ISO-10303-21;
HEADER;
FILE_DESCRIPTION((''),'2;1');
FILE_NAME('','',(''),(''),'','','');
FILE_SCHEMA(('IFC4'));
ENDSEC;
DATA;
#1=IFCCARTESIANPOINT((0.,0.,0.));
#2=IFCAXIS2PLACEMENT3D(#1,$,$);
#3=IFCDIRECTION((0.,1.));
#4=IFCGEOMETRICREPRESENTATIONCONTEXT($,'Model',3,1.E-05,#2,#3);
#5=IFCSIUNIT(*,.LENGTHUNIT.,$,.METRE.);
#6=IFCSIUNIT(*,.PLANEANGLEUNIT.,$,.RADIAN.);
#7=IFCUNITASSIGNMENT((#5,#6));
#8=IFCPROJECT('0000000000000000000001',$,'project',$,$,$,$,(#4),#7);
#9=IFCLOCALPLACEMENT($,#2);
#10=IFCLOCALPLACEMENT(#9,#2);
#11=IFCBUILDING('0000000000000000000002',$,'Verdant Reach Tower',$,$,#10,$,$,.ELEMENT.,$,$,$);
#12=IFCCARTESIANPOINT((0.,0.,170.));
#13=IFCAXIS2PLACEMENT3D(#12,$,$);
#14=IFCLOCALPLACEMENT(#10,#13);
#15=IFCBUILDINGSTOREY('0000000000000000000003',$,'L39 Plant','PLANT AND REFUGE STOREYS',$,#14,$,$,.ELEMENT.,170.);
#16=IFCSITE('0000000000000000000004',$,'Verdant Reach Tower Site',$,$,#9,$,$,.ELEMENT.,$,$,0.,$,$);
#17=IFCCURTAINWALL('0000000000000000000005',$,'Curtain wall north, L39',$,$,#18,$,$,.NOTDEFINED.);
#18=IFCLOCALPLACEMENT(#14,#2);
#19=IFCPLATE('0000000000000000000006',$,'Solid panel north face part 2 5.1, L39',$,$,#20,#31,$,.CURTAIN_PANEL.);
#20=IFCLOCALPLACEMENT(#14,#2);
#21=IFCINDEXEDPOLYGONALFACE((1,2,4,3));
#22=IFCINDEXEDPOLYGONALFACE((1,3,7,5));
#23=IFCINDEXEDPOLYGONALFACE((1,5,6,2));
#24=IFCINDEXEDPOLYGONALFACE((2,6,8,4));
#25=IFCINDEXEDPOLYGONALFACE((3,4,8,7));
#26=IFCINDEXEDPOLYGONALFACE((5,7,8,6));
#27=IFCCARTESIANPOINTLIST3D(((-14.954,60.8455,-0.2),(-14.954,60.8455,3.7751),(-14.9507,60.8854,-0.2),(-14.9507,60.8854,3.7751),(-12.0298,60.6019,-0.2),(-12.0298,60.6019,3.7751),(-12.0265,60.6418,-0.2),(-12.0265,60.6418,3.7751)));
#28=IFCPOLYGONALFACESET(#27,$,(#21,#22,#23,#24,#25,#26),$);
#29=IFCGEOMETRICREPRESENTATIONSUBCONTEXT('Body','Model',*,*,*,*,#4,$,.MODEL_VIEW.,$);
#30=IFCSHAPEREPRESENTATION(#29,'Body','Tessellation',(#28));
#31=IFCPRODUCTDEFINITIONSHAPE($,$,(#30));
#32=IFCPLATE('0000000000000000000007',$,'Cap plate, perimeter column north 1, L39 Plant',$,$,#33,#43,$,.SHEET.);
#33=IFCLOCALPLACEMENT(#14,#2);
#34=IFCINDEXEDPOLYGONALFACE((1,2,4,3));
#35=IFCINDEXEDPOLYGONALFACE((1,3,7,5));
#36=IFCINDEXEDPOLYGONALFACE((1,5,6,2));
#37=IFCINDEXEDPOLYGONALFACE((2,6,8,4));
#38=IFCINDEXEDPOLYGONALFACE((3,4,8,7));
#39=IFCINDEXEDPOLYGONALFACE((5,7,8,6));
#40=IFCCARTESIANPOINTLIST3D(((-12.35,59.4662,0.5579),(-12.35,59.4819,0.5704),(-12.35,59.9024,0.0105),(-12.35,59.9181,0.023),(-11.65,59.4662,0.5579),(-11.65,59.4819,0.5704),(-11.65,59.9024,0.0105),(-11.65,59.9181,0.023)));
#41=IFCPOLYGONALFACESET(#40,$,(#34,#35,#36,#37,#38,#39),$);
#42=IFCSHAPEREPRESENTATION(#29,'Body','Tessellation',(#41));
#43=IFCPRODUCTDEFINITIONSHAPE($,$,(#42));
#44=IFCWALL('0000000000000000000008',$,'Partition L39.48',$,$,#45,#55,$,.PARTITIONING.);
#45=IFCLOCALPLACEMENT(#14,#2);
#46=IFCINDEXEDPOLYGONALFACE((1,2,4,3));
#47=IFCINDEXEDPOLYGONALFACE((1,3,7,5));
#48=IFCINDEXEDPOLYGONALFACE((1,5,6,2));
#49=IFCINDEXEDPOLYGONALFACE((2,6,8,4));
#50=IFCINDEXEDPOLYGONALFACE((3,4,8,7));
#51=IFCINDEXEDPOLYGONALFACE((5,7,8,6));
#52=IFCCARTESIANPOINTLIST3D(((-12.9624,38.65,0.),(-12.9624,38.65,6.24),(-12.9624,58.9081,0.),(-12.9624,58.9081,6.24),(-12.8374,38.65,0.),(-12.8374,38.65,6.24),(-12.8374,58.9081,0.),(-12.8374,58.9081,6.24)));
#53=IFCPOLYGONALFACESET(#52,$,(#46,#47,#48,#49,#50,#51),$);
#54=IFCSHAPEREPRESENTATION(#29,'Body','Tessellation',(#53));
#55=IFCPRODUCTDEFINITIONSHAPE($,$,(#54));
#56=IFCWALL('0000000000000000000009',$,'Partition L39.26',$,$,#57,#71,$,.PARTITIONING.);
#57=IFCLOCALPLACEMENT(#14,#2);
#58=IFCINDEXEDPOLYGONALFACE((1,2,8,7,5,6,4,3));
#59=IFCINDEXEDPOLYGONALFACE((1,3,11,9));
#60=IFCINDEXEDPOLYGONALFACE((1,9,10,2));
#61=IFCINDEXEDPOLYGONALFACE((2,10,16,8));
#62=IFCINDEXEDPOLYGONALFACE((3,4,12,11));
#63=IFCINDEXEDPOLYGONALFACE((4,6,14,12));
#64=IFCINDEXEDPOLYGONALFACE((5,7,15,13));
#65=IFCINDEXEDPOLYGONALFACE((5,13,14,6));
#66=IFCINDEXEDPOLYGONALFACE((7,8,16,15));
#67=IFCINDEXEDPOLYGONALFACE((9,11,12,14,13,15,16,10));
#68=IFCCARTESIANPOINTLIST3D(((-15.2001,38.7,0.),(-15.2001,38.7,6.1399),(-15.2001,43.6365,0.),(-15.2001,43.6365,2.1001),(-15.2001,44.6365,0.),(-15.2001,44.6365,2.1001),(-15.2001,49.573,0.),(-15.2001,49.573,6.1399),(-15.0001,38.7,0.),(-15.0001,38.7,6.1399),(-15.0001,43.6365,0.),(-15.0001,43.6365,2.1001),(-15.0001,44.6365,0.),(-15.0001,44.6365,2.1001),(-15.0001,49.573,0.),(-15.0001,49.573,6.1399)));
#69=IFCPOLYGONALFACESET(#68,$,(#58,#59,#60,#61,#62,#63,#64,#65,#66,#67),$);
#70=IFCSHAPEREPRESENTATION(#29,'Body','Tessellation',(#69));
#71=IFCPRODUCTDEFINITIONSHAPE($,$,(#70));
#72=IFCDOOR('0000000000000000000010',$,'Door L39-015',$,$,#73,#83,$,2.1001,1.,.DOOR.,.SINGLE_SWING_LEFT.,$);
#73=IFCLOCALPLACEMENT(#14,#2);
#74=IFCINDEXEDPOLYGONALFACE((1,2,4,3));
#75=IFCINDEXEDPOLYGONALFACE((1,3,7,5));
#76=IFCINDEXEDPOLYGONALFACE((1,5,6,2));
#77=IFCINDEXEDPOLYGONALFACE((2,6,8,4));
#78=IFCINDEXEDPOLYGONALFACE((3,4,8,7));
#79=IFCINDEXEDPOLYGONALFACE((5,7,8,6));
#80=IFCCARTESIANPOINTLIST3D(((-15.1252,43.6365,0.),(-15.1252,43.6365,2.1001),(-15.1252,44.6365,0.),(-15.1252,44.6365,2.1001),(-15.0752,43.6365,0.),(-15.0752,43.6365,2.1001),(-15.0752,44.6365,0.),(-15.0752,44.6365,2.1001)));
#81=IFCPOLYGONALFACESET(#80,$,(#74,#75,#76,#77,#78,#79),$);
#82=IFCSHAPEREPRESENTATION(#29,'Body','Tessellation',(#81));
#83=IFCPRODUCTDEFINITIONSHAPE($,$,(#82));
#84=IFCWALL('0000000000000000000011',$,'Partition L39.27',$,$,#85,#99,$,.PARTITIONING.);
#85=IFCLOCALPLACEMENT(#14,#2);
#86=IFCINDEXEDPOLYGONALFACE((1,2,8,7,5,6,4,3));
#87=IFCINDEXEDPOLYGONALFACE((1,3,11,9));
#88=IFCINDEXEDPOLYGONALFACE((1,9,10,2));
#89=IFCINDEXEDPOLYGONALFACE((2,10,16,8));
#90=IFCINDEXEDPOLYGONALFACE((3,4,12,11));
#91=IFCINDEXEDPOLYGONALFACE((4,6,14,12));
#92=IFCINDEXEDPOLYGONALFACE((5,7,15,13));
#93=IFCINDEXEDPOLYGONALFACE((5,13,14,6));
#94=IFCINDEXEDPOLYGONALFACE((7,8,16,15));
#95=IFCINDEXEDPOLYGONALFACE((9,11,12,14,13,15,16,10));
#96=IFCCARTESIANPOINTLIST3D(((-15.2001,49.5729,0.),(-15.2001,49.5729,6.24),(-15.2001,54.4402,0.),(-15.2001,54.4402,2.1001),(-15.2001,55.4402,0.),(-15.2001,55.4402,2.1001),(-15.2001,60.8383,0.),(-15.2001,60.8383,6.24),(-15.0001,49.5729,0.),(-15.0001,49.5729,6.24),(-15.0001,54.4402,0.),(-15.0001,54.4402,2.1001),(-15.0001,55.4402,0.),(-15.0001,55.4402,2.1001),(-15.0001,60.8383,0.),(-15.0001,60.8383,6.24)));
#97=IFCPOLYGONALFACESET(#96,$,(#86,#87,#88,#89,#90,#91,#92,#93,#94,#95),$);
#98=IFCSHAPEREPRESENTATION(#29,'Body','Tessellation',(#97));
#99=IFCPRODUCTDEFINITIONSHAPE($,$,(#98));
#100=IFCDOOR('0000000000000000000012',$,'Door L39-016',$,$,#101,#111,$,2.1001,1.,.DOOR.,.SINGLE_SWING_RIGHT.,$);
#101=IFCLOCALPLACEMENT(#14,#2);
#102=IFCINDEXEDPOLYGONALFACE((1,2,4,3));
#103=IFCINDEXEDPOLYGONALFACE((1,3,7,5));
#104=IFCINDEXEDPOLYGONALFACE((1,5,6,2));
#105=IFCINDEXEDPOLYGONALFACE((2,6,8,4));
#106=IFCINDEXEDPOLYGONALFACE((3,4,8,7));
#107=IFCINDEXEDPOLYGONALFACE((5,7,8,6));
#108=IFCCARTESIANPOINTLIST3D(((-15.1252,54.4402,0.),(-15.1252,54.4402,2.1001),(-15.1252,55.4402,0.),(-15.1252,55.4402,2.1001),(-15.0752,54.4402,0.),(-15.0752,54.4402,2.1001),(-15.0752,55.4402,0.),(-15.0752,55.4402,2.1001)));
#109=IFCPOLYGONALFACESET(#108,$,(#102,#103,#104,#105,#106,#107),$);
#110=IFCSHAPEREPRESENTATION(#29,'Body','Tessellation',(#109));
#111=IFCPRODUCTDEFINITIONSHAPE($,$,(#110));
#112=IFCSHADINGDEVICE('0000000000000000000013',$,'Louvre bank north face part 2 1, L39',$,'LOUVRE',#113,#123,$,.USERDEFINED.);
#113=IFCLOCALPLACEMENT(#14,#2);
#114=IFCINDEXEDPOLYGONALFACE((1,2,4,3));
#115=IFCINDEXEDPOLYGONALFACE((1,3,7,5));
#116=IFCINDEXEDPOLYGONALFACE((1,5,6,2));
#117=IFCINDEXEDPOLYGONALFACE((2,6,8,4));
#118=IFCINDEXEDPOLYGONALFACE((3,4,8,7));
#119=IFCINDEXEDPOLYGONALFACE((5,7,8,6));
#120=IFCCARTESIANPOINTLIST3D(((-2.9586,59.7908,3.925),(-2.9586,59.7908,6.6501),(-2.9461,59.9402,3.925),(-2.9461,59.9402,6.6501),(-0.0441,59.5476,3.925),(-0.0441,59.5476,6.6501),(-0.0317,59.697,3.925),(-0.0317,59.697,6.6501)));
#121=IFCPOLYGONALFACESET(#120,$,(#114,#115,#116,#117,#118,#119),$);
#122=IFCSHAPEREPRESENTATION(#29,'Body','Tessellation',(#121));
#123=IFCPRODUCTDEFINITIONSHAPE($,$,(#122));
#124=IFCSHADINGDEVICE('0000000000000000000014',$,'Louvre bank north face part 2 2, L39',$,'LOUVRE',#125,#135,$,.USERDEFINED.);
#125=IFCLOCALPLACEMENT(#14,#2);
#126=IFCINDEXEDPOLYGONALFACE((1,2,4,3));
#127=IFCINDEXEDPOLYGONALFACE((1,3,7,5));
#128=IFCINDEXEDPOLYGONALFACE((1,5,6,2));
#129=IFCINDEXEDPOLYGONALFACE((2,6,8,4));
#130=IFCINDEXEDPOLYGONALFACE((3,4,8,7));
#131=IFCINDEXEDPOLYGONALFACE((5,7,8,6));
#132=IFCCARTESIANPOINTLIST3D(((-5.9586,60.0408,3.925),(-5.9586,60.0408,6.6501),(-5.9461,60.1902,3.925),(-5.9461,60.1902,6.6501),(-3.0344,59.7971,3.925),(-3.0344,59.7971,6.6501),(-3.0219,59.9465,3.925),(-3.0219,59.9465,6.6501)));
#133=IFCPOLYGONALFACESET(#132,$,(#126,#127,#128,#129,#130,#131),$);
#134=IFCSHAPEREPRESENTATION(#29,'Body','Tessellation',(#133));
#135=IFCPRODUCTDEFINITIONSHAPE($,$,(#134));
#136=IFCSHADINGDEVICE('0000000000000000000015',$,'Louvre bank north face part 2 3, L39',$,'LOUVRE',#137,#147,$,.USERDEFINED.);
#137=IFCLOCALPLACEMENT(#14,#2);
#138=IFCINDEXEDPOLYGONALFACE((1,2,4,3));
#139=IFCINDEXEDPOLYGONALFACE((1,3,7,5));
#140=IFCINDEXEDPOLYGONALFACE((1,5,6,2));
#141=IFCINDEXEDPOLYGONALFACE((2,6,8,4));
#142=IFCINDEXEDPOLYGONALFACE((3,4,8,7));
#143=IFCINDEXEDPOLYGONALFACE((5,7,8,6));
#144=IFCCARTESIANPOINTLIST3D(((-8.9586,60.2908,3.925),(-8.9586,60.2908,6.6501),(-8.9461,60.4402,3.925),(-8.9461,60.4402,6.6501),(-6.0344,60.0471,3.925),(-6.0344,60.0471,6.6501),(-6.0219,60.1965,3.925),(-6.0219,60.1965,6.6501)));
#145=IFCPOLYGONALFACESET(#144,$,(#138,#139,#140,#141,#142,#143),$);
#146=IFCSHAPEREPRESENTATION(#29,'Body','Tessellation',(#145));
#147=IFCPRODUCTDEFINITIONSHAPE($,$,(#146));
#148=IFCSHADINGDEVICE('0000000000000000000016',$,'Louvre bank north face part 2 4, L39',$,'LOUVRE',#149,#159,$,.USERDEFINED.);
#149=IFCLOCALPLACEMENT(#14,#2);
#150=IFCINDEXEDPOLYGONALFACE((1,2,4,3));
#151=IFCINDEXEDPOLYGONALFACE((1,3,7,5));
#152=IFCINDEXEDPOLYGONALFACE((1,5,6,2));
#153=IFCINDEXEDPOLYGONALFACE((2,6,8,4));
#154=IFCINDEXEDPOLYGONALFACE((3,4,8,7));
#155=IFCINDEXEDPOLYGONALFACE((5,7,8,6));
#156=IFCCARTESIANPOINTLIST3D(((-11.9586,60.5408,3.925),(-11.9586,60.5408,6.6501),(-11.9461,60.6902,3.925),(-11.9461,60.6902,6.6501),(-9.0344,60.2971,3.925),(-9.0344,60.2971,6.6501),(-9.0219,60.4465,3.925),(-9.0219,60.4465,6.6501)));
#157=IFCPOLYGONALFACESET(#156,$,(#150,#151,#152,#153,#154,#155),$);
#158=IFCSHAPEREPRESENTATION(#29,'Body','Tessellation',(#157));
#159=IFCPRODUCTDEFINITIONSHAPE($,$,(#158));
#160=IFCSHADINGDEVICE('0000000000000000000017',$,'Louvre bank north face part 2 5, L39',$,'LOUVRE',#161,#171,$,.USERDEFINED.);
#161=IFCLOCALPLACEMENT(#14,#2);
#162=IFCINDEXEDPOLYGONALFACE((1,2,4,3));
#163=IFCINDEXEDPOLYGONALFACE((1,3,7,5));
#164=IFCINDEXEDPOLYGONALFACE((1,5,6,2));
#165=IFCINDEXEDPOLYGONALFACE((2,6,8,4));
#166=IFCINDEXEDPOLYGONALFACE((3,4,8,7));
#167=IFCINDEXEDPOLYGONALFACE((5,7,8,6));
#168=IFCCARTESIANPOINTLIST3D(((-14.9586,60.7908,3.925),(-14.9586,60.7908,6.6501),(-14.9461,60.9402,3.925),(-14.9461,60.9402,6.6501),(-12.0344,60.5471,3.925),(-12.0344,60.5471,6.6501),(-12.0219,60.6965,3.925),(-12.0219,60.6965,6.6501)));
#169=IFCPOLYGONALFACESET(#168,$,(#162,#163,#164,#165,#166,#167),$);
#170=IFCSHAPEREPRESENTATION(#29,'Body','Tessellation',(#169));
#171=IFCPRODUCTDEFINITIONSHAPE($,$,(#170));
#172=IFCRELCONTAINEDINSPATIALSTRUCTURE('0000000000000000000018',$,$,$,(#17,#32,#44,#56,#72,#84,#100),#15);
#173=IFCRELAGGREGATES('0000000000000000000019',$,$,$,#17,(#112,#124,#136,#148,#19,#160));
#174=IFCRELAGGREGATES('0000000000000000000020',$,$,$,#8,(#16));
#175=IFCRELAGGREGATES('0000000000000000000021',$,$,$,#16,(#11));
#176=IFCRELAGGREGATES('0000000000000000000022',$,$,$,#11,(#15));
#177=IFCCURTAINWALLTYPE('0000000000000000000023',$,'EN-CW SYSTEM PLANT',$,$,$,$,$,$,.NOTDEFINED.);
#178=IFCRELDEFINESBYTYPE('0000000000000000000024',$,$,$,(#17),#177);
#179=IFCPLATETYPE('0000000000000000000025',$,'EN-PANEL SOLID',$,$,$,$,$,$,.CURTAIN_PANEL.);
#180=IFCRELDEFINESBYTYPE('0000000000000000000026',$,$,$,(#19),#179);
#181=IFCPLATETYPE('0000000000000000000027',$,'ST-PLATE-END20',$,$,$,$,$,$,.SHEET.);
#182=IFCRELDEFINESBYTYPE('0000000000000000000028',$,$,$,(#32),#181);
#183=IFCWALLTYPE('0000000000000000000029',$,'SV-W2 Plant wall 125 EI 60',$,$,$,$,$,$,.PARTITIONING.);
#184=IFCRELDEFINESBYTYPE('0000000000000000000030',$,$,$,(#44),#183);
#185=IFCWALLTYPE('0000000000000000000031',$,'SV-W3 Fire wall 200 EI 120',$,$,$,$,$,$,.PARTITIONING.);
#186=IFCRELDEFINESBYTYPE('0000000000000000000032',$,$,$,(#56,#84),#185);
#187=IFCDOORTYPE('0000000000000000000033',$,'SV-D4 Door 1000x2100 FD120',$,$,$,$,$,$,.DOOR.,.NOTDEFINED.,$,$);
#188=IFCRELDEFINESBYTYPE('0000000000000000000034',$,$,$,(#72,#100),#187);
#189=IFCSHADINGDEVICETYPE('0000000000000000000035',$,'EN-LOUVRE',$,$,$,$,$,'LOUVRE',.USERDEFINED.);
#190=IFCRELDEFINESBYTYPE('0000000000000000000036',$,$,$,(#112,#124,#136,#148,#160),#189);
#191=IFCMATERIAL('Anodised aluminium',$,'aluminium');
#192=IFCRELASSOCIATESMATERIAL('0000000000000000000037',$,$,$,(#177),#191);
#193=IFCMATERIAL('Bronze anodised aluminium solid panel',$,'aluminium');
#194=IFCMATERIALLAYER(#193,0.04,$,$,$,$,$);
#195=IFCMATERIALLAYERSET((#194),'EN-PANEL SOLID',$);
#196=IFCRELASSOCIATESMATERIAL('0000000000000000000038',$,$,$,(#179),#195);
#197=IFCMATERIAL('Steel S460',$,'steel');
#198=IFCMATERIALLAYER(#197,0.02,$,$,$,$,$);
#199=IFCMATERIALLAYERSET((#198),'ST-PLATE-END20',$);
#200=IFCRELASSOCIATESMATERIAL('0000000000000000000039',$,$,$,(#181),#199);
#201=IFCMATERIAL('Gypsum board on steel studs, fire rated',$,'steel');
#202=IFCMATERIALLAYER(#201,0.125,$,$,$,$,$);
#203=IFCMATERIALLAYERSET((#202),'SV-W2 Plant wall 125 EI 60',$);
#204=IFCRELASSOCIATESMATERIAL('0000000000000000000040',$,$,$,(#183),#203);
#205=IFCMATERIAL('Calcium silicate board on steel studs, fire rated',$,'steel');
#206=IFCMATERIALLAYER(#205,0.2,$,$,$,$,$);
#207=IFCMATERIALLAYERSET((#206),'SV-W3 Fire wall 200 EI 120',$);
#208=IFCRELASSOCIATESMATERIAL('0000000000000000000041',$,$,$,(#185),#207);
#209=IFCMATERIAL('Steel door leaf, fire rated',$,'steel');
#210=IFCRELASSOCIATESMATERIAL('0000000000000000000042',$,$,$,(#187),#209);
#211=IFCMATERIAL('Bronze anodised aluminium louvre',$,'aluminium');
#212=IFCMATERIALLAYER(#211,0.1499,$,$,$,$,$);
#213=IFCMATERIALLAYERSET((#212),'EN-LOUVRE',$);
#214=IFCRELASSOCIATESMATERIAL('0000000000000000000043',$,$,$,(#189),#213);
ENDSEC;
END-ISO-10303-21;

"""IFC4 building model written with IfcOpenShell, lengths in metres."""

from ifc_helpers import new_model, si_unit, direction, frame, frame_2d, origin, origin_2d, place, context, subcontext, project, spatial, rectangle, extrude, material, layer, layer_set, type_object, element, fill, aggregate, save


model = new_model("IFC4")

# Units and contexts
model_context = context("Model", 3, precision=1e-05, world=origin(), true_north=direction((0.0, 1.0)))
body_context = subcontext(model_context, "Body", "Model", "MODEL_VIEW")
ifc_project = project(units=[si_unit("LENGTHUNIT", "METRE"), si_unit("PLANEANGLEUNIT", "RADIAN")], contexts=[model_context])

# Site, building, storey
site_placement = place(None, origin())
site = spatial("IfcSite", under=ifc_project, at=site_placement, Name="Verdant Reach Tower Site", CompositionType="ELEMENT", RefElevation=0.0)
building_placement = place(site_placement, origin())
building = spatial("IfcBuilding", under=site, at=building_placement, Name="Verdant Reach Tower", CompositionType="ELEMENT")
storey_placement = place(building_placement, frame((0.0, 0.0, 170.0)))
storey = spatial("IfcBuildingStorey", under=building, at=storey_placement, Name="L39 Plant", Description="PLANT AND REFUGE STOREYS", CompositionType="ELEMENT", Elevation=170.0)

# Shared definitions
ifc_material_1 = material(Name="Steel S460", Category="steel")

# Curtain wall
ifc_material_2 = material(Name="Anodised aluminium", Category="aluminium")
curtain_wall_type = type_object("IfcCurtainWallType", Name="EN-CW SYSTEM PLANT", PredefinedType="NOTDEFINED", material=ifc_material_2)
curtain_wall_placement = place(storey_placement, origin())
curtain_wall = element("IfcCurtainWall", 1, at=curtain_wall_placement, inside=storey, type_object=curtain_wall_type, Name="Curtain wall north, L39", PredefinedType="NOTDEFINED")

# Plates
ifc_material_3 = material(Name="Bronze anodised aluminium solid panel", Category="aluminium")
ifc_layer_1 = layer(ifc_material_3, 0.04)
ifc_layer_set_1 = layer_set([ifc_layer_1], Name="EN-PANEL SOLID")
plate_type_1 = type_object("IfcPlateType", Name="EN-PANEL SOLID", PredefinedType="CURTAIN_PANEL", material=ifc_layer_set_1)
plate_1_placement = place(storey_placement, frame((-13.4902, 60.7437, -0.2), z_axis=(0.0, 0.0, 1.0), x_axis=(-0.996546, 0.083045, 0.0)))
plate_1 = element("IfcPlate", 2, at=plate_1_placement, type_object=plate_type_1, Name="Solid panel north face part 2 5.1, L39", PredefinedType="CURTAIN_PANEL", context=body_context, shape_type="SweptSolid", body=[
    extrude(rectangle(XDim=2.9343, YDim=0.04, at=origin_2d()), origin(), (0.0, 0.0, 1.0), 3.9751),
])
ifc_layer_2 = layer(ifc_material_1, 0.02)
ifc_layer_set_2 = layer_set([ifc_layer_2], Name="ST-PLATE-END20")
plate_type_2 = type_object("IfcPlateType", Name="ST-PLATE-END20", PredefinedType="SHEET", material=ifc_layer_set_2)
plate_2_placement = place(storey_placement, frame((-12.0, 59.6843, 0.2842), z_axis=(0.0, 0.78206, 0.623204), x_axis=(-1.0, 0.0, 0.0)))
element("IfcPlate", 3, at=plate_2_placement, inside=storey, type_object=plate_type_2, Name="Cap plate, perimeter column north 1, L39 Plant", PredefinedType="SHEET", context=body_context, shape_type="SweptSolid", body=[
    extrude(rectangle(XDim=0.7, YDim=0.7, at=origin_2d()), origin(), (0.0, 0.0, 1.0), 0.02),
])

# Wall
ifc_material_4 = material(Name="Gypsum board on steel studs, fire rated", Category="steel")
ifc_layer_3 = layer(ifc_material_4, 0.125)
ifc_layer_set_3 = layer_set([ifc_layer_3], Name="SV-W2 Plant wall 125 EI 60")
wall_type_1 = type_object("IfcWallType", Name="SV-W2 Plant wall 125 EI 60", PredefinedType="PARTITIONING", material=ifc_layer_set_3)
wall_1_placement = place(storey_placement, frame((-12.8999, 58.908, 0.0), z_axis=(0.0, 0.0, 1.0), x_axis=(0.0, -1.0, 0.0)))
element("IfcWall", 4, at=wall_1_placement, inside=storey, type_object=wall_type_1, Name="Partition L39.48", PredefinedType="PARTITIONING", context=body_context, shape_type="SweptSolid", body=[
    extrude(rectangle(XDim=20.2581, YDim=0.125, at=frame_2d((10.1289, 0.0))), origin(), (0.0, 0.0, 1.0), 6.24),
])

# Walls, openings, doors
ifc_material_5 = material(Name="Calcium silicate board on steel studs, fire rated", Category="steel")
ifc_layer_4 = layer(ifc_material_5, 0.2)
ifc_layer_set_4 = layer_set([ifc_layer_4], Name="SV-W3 Fire wall 200 EI 120")
wall_type_2 = type_object("IfcWallType", Name="SV-W3 Fire wall 200 EI 120", PredefinedType="PARTITIONING", material=ifc_layer_set_4)
wall_2_placement = place(storey_placement, frame((-15.1001, 49.573, 0.0), z_axis=(0.0, 0.0, 1.0), x_axis=(0.0, -1.0, 0.0)))
wall_2 = element("IfcWall", 5, at=wall_2_placement, inside=storey, type_object=wall_type_2, Name="Partition L39.26", PredefinedType="PARTITIONING", context=body_context, shape_type="SweptSolid", body=[
    extrude(rectangle(XDim=10.873, YDim=0.2, at=frame_2d((5.4365, 0.0))), origin(), (0.0, 0.0, 1.0), 6.1399),
])
opening_1_placement = place(wall_2_placement, frame((4.9365, 0.0, 0.0)))
opening_1 = element("IfcOpeningElement", 6, at=opening_1_placement, cuts=wall_2, PredefinedType="OPENING", context=body_context, shape_type="SweptSolid", body=[
    extrude(rectangle(XDim=1.0, YDim=2.1001, at=frame_2d((0.5, 1.05))), frame((0.0, 0.1099, 0.0), z_axis=(0.0, -1.0, 0.0), x_axis=(1.0, 0.0, 0.0)), (0.0, 0.0, 1.0), 0.22),
])
ifc_material_6 = material(Name="Steel door leaf, fire rated", Category="steel")
door_type = type_object("IfcDoorType", Name="SV-D4 Door 1000x2100 FD120", OperationType="NOTDEFINED", PredefinedType="DOOR", material=ifc_material_6)
door_1_placement = place(opening_1_placement, origin())
door_1 = element("IfcDoor", 7, at=door_1_placement, inside=storey, type_object=door_type, Name="Door L39-015", OperationType="SINGLE_SWING_LEFT", OverallHeight=2.1001, OverallWidth=1.0, PredefinedType="DOOR", context=body_context, shape_type="SweptSolid", body=[
    extrude(rectangle(XDim=1.0, YDim=2.1001, at=frame_2d((0.5, 1.05))), frame((0.0, 0.0249, 0.0), z_axis=(0.0, -1.0, 0.0), x_axis=(1.0, 0.0, 0.0)), (0.0, 0.0, 1.0), 0.05),
])
fill(opening_1, door_1)
wall_3_placement = place(storey_placement, frame((-15.1001, 60.8384, 0.0), z_axis=(0.0, 0.0, 1.0), x_axis=(0.0, -1.0, 0.0)))
wall_3 = element("IfcWall", 8, at=wall_3_placement, inside=storey, type_object=wall_type_2, Name="Partition L39.27", PredefinedType="PARTITIONING", context=body_context, shape_type="SweptSolid", body=[
    extrude(rectangle(XDim=11.2654, YDim=0.2, at=frame_2d((5.6328, 0.0))), origin(), (0.0, 0.0, 1.0), 6.24),
])
opening_2_placement = place(wall_3_placement, frame((5.3982, 0.0, 0.0)))
opening_2 = element("IfcOpeningElement", 9, at=opening_2_placement, cuts=wall_3, PredefinedType="OPENING", context=body_context, shape_type="SweptSolid", body=[
    extrude(rectangle(XDim=1.0, YDim=2.1001, at=frame_2d((0.5, 1.05))), frame((0.0, 0.1099, 0.0), z_axis=(0.0, -1.0, 0.0), x_axis=(1.0, 0.0, 0.0)), (0.0, 0.0, 1.0), 0.22),
])
door_2_placement = place(opening_2_placement, origin())
door_2 = element("IfcDoor", 10, at=door_2_placement, inside=storey, type_object=door_type, Name="Door L39-016", OperationType="SINGLE_SWING_RIGHT", OverallHeight=2.1001, OverallWidth=1.0, PredefinedType="DOOR", context=body_context, shape_type="SweptSolid", body=[
    extrude(rectangle(XDim=1.0, YDim=2.1001, at=frame_2d((0.5, 1.05))), frame((0.0, 0.0249, 0.0), z_axis=(0.0, -1.0, 0.0), x_axis=(1.0, 0.0, 0.0)), (0.0, 0.0, 1.0), 0.05),
])
fill(opening_2, door_2)

# Shading devices
ifc_material_7 = material(Name="Bronze anodised aluminium louvre", Category="aluminium")
ifc_layer_5 = layer(ifc_material_7, 0.1499)
ifc_layer_set_5 = layer_set([ifc_layer_5], Name="EN-LOUVRE")
shading_device_type = type_object("IfcShadingDeviceType", Name="EN-LOUVRE", ElementType="LOUVRE", PredefinedType="USERDEFINED", material=ifc_layer_set_5)
shading_device_1_placement = place(storey_placement, frame((-1.4951, 59.7439, 3.925), z_axis=(0.0, 0.0, 1.0), x_axis=(-0.996534, 0.083182, 0.0)))
shading_device_1 = element("IfcShadingDevice", 11, at=shading_device_1_placement, type_object=shading_device_type, Name="Louvre bank north face part 2 1, L39", ObjectType="LOUVRE", PredefinedType="USERDEFINED", context=body_context, shape_type="SweptSolid", body=[
    extrude(rectangle(XDim=2.9246, YDim=0.1499, at=origin_2d()), origin(), (0.0, 0.0, 1.0), 2.7251),
])
shading_device_2_placement = place(storey_placement, frame((-4.4902, 59.9937, 3.925), z_axis=(0.0, 0.0, 1.0), x_axis=(-0.996546, 0.083045, 0.0)))
shading_device_2 = element("IfcShadingDevice", 12, at=shading_device_2_placement, type_object=shading_device_type, Name="Louvre bank north face part 2 2, L39", ObjectType="LOUVRE", PredefinedType="USERDEFINED", context=body_context, shape_type="SweptSolid", body=[
    extrude(rectangle(XDim=2.9343, YDim=0.1499, at=origin_2d()), origin(), (0.0, 0.0, 1.0), 2.7251),
])
shading_device_3_placement = place(storey_placement, frame((-7.4902, 60.2437, 3.925), z_axis=(0.0, 0.0, 1.0), x_axis=(-0.996546, 0.083045, 0.0)))
shading_device_3 = element("IfcShadingDevice", 13, at=shading_device_3_placement, type_object=shading_device_type, Name="Louvre bank north face part 2 3, L39", ObjectType="LOUVRE", PredefinedType="USERDEFINED", context=body_context, shape_type="SweptSolid", body=[
    extrude(rectangle(XDim=2.9343, YDim=0.1499, at=origin_2d()), origin(), (0.0, 0.0, 1.0), 2.7251),
])
shading_device_4_placement = place(storey_placement, frame((-10.4902, 60.4937, 3.925), z_axis=(0.0, 0.0, 1.0), x_axis=(-0.996546, 0.083045, 0.0)))
shading_device_4 = element("IfcShadingDevice", 14, at=shading_device_4_placement, type_object=shading_device_type, Name="Louvre bank north face part 2 4, L39", ObjectType="LOUVRE", PredefinedType="USERDEFINED", context=body_context, shape_type="SweptSolid", body=[
    extrude(rectangle(XDim=2.9343, YDim=0.1499, at=origin_2d()), origin(), (0.0, 0.0, 1.0), 2.7251),
])
shading_device_5_placement = place(storey_placement, frame((-13.4902, 60.7437, 3.925), z_axis=(0.0, 0.0, 1.0), x_axis=(-0.996546, 0.083045, 0.0)))
shading_device_5 = element("IfcShadingDevice", 15, at=shading_device_5_placement, type_object=shading_device_type, Name="Louvre bank north face part 2 5, L39", ObjectType="LOUVRE", PredefinedType="USERDEFINED", context=body_context, shape_type="SweptSolid", body=[
    extrude(rectangle(XDim=2.9343, YDim=0.1499, at=origin_2d()), origin(), (0.0, 0.0, 1.0), 2.7251),
])
aggregate(curtain_wall, [shading_device_1, shading_device_2, shading_device_3, shading_device_4, plate_1, shading_device_5])

save(model, "model.ifc")
